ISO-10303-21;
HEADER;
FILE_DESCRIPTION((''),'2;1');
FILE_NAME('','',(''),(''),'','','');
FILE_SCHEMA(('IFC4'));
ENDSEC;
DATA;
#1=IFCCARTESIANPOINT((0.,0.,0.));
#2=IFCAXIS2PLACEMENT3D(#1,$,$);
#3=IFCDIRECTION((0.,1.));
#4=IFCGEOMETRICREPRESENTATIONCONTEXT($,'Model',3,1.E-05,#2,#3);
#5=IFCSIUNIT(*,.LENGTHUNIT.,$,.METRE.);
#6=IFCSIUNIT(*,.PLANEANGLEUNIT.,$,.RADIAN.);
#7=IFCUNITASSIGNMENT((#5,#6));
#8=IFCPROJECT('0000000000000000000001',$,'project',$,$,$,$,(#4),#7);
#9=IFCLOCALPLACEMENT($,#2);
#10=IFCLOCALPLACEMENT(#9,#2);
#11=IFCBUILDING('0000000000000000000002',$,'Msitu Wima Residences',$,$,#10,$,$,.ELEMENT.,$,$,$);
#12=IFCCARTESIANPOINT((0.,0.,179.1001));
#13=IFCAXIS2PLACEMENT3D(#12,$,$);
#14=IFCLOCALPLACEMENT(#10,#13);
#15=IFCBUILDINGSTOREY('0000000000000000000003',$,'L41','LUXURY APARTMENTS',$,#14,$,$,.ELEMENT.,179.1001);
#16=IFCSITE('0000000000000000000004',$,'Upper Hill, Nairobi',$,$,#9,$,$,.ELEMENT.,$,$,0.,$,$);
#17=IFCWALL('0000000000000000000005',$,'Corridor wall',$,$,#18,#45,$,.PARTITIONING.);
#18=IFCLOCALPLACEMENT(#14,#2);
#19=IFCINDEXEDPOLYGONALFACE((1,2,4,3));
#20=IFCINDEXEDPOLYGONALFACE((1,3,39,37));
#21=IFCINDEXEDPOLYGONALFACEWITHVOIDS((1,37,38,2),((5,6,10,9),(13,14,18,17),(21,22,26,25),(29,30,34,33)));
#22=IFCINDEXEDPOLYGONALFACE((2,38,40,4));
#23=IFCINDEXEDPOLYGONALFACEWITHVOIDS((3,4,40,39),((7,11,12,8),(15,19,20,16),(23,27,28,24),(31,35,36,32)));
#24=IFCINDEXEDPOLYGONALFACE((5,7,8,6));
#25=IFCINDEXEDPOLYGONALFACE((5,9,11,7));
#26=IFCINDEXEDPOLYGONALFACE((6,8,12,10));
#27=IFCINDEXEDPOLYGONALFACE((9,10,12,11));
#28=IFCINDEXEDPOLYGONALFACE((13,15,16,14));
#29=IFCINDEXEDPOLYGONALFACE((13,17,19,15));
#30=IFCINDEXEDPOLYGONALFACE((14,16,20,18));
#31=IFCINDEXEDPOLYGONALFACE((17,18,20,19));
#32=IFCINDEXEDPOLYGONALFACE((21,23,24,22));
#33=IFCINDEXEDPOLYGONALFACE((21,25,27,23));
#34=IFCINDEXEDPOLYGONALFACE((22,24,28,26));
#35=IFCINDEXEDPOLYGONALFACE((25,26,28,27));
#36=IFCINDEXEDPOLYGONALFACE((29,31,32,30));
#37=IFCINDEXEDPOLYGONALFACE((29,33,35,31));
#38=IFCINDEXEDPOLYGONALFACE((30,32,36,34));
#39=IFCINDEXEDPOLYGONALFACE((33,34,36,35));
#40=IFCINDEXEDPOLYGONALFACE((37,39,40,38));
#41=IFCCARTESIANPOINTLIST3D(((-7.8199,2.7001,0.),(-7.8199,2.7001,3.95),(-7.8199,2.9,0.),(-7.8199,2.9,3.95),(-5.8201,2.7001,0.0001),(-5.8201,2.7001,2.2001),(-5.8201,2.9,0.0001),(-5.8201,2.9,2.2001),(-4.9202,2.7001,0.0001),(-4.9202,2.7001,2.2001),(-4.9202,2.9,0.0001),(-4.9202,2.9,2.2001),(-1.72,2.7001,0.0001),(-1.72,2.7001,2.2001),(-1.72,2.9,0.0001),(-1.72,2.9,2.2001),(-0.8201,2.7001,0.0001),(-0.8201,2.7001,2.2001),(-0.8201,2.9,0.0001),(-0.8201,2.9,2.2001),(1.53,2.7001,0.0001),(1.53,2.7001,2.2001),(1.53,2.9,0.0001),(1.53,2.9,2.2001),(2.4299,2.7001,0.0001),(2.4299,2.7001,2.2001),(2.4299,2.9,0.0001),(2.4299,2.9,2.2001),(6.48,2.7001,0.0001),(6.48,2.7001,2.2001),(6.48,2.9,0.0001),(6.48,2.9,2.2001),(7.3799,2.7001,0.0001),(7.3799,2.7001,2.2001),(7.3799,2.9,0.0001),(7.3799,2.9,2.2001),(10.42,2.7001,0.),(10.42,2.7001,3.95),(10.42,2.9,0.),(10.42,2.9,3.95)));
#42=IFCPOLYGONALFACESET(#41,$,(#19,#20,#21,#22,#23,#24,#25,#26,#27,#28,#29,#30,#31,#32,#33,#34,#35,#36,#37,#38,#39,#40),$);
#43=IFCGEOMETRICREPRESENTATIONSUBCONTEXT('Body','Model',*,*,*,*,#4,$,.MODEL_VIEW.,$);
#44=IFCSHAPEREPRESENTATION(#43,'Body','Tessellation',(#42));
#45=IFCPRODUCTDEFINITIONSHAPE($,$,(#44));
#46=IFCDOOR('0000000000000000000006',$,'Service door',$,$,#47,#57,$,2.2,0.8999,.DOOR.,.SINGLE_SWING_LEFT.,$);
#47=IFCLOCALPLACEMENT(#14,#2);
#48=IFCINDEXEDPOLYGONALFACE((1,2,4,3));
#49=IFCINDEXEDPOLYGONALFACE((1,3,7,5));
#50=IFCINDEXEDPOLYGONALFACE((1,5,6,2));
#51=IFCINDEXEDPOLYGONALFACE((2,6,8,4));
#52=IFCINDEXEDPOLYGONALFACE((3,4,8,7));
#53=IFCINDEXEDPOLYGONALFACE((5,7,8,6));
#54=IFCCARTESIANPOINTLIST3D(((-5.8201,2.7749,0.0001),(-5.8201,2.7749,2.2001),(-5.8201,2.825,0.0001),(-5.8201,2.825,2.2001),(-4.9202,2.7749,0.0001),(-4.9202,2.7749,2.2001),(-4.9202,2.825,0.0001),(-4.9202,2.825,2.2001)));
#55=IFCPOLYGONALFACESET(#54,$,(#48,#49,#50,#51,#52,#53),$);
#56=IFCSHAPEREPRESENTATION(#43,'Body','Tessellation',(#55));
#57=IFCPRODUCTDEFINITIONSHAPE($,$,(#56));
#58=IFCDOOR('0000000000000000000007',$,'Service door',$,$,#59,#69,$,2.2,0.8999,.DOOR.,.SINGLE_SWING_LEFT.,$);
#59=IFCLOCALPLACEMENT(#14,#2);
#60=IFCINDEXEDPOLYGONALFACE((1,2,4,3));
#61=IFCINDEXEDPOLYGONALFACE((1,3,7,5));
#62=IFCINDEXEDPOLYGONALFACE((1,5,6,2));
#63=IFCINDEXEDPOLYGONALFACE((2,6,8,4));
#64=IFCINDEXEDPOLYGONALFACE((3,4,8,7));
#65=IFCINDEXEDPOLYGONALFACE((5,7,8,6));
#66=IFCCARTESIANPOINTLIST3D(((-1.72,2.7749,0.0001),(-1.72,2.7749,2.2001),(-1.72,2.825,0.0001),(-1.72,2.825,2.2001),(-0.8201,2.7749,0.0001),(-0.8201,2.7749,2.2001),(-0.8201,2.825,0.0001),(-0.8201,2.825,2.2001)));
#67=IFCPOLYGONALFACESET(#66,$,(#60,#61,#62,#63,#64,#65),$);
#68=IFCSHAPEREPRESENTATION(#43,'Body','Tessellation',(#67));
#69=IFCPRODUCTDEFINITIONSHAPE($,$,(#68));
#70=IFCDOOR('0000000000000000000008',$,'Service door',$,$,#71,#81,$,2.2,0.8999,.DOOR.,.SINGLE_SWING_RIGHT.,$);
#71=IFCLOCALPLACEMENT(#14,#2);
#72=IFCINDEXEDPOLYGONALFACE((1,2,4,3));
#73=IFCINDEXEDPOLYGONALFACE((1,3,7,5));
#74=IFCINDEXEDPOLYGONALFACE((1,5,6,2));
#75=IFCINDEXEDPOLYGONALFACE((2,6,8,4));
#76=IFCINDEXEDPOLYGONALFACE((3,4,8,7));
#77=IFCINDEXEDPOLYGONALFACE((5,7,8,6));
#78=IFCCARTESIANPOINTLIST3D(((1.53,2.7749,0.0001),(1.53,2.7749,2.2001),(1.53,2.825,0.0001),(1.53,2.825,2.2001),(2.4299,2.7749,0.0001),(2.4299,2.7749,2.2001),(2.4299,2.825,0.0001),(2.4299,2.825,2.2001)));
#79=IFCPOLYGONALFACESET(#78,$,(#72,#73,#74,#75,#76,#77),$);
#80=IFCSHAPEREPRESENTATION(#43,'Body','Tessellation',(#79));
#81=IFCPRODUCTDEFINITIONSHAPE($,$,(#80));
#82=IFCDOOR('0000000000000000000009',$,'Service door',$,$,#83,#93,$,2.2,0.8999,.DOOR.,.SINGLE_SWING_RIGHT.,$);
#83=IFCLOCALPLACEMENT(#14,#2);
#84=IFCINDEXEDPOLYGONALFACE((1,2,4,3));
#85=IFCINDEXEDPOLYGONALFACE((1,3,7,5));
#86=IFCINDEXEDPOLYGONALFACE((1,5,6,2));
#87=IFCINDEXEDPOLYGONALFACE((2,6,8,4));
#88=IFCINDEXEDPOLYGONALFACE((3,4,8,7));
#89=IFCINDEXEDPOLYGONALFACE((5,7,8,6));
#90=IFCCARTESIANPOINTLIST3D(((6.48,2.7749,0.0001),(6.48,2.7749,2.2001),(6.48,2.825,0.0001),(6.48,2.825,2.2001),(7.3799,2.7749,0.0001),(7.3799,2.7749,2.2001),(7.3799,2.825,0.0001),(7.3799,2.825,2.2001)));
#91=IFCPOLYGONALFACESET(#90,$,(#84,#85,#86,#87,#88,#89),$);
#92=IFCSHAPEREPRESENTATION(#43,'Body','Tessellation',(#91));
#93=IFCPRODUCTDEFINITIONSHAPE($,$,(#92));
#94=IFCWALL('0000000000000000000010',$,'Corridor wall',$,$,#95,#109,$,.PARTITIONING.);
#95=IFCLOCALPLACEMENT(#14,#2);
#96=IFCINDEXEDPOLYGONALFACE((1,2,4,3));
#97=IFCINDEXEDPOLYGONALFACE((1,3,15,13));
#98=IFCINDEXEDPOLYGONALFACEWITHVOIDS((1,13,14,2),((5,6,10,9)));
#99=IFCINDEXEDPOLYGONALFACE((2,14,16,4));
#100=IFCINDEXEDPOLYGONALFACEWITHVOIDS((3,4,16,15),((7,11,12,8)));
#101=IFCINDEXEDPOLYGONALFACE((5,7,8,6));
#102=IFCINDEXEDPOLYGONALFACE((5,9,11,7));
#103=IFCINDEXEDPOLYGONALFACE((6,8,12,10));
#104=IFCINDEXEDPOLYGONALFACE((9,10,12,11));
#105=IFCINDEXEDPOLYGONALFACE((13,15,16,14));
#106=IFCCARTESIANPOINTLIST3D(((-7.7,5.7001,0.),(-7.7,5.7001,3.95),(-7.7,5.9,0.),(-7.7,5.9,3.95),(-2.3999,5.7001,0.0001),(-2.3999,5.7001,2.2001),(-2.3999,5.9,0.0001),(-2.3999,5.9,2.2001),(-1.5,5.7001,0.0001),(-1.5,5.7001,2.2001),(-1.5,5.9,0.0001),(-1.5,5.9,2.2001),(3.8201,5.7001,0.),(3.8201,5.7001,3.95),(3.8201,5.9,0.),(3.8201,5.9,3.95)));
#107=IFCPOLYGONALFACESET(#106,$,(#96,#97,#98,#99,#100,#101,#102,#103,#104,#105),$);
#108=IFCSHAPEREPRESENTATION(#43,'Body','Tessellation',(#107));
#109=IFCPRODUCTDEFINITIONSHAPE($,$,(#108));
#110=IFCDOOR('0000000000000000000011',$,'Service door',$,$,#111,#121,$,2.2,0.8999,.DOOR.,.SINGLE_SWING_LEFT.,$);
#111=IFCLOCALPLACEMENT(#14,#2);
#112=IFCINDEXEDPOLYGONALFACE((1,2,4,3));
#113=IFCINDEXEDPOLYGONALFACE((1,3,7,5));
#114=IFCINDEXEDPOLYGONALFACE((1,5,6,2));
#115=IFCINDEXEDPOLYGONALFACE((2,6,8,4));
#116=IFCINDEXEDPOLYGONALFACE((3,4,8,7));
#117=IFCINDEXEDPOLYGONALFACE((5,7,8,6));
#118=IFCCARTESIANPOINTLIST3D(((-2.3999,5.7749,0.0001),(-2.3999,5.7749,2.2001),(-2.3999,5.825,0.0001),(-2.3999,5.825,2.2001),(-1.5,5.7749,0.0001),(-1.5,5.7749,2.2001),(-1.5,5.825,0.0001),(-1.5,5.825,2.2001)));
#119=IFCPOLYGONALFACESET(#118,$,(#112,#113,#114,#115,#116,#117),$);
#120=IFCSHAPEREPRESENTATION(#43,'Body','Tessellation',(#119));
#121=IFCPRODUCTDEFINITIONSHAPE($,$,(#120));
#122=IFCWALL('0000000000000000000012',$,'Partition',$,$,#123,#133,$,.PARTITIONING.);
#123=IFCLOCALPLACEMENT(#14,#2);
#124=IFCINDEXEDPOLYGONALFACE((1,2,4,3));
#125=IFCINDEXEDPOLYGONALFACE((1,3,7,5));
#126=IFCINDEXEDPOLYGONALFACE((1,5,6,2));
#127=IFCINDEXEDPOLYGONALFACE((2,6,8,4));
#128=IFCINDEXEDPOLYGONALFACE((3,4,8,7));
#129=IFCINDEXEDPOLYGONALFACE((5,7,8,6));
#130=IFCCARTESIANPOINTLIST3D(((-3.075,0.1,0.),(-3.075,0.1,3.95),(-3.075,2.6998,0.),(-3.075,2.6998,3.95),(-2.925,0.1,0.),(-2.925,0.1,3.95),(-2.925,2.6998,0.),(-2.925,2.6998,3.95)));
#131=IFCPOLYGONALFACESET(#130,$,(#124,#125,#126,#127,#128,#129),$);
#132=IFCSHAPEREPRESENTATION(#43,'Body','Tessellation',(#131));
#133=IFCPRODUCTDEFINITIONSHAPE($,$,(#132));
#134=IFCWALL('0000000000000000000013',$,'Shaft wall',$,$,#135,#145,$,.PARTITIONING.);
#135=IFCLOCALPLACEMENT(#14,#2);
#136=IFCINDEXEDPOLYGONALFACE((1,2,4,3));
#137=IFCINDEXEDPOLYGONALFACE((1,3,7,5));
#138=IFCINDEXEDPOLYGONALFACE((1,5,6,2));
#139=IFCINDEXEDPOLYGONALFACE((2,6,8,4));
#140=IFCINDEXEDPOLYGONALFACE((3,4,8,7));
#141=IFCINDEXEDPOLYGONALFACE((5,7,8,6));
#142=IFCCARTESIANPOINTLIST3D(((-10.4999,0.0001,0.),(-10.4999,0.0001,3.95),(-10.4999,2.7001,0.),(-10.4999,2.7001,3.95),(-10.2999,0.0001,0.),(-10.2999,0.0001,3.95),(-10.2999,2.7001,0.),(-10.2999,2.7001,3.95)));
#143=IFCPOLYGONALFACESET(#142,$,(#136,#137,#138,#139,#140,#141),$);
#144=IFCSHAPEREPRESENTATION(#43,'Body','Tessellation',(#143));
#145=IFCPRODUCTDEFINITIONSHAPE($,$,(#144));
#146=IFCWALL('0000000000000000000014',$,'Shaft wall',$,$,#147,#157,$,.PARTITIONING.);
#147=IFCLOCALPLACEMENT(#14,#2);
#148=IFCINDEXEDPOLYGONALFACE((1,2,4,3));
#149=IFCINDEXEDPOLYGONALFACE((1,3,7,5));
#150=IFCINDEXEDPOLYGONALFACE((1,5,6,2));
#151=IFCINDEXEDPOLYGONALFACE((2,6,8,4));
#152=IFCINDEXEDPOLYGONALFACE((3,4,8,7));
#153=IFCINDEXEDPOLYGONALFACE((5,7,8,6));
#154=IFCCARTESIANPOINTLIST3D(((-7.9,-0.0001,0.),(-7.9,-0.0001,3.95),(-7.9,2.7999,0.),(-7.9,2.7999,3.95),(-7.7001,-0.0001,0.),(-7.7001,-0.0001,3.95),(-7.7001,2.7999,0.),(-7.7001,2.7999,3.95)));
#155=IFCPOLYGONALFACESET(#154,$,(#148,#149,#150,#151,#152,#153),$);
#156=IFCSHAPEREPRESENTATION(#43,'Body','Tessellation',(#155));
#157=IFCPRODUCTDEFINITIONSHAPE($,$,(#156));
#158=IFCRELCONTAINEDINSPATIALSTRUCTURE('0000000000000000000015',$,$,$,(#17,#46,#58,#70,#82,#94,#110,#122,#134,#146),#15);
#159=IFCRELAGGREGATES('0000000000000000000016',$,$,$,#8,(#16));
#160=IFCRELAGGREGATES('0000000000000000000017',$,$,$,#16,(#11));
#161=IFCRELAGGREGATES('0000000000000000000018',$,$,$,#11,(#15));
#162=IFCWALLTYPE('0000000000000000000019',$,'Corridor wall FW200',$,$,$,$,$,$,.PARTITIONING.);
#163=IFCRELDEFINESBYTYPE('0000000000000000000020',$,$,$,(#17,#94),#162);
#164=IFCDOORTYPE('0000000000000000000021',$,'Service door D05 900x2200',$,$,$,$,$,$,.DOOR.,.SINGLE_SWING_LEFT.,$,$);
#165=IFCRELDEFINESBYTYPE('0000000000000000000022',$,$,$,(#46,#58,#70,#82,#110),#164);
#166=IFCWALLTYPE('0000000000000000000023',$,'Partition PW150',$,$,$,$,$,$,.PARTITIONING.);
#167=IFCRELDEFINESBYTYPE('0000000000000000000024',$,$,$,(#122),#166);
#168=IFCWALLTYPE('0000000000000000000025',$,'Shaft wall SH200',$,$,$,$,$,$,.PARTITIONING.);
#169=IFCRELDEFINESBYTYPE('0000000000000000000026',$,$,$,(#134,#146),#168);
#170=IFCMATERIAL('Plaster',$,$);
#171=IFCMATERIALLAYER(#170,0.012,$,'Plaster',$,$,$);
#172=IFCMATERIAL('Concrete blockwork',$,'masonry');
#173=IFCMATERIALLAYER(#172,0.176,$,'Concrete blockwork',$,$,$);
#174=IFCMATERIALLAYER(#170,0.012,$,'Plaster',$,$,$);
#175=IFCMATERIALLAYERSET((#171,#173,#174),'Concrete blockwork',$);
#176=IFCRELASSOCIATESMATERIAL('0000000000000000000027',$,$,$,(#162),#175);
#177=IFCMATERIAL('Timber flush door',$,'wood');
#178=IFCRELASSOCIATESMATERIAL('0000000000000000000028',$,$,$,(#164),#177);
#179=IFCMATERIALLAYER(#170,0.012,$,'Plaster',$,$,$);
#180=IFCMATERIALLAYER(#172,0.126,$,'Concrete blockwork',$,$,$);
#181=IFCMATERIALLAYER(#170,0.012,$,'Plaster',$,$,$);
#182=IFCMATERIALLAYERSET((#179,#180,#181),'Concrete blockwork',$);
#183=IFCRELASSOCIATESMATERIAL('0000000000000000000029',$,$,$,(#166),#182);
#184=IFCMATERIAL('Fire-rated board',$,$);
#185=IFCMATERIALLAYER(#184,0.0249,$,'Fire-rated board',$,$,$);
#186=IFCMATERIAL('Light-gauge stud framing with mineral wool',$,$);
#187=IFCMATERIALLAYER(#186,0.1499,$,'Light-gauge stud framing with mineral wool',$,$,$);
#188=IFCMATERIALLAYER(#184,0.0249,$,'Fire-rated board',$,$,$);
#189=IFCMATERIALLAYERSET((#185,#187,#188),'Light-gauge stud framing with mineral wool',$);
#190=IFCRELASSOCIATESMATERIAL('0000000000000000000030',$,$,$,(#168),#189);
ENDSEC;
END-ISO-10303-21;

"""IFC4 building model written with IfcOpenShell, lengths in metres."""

from ifc_helpers import new_model, si_unit, direction, frame, frame_2d, origin, place, context, subcontext, project, spatial, rectangle, extrude, material, layer, layer_set, type_object, element, fill, save


model = new_model("IFC4")

# Units and contexts
model_context = context("Model", 3, precision=1e-05, world=origin(), true_north=direction((0.0, 1.0)))
body_context = subcontext(model_context, "Body", "Model", "MODEL_VIEW")
ifc_project = project(units=[si_unit("LENGTHUNIT", "METRE"), si_unit("PLANEANGLEUNIT", "RADIAN")], contexts=[model_context])

# Site, building, storey
site_placement = place(None, origin())
site = spatial("IfcSite", under=ifc_project, at=site_placement, Name="Upper Hill, Nairobi", CompositionType="ELEMENT", RefElevation=0.0)
building_placement = place(site_placement, origin())
building = spatial("IfcBuilding", under=site, at=building_placement, Name="Msitu Wima Residences", CompositionType="ELEMENT")
storey_placement = place(building_placement, frame((0.0, 0.0, 179.1001)))
storey = spatial("IfcBuildingStorey", under=building, at=storey_placement, Name="L41", Description="LUXURY APARTMENTS", CompositionType="ELEMENT", Elevation=179.1001)

# Wall, openings, doors
ifc_material_1 = material(Name="Plaster")
ifc_layer_1 = layer(ifc_material_1, 0.012, Name="Plaster")
ifc_material_2 = material(Name="Concrete blockwork", Category="masonry")
ifc_layer_2 = layer(ifc_material_2, 0.176, Name="Concrete blockwork")
ifc_layer_3 = layer(ifc_material_1, 0.012, Name="Plaster")
ifc_layer_set_1 = layer_set([ifc_layer_1, ifc_layer_2, ifc_layer_3], Name="Concrete blockwork")
wall_type_1 = type_object("IfcWallType", Name="Corridor wall FW200", PredefinedType="PARTITIONING", material=ifc_layer_set_1)
wall_1_placement = place(storey_placement, frame((-7.8201, 2.8, 0.0), z_axis=(0.0, 0.0, 1.0), x_axis=(1.0, 0.0, 0.0)))
wall_1 = element("IfcWall", 1, at=wall_1_placement, inside=storey, type_object=wall_type_1, Name="Corridor wall", PredefinedType="PARTITIONING", context=body_context, shape_type="SweptSolid", body=[
    extrude(rectangle(XDim=18.24, YDim=0.2, at=frame_2d((9.1201, 0.0))), origin(), (0.0, 0.0, 1.0), 3.95),
])
opening_1_placement = place(wall_1_placement, frame((2.0, 0.0, 0.0)))
opening_1 = element("IfcOpeningElement", 2, at=opening_1_placement, cuts=wall_1, PredefinedType="OPENING", context=body_context, shape_type="SweptSolid", body=[
    extrude(rectangle(XDim=0.8999, YDim=2.2, at=frame_2d((0.45, 1.1001))), frame((0.0, 0.1099, 0.0), z_axis=(0.0, -1.0, 0.0), x_axis=(1.0, 0.0, 0.0)), (0.0, 0.0, 1.0), 0.22),
])
opening_2_placement = place(wall_1_placement, frame((6.1001, 0.0, 0.0)))
opening_2 = element("IfcOpeningElement", 3, at=opening_2_placement, cuts=wall_1, PredefinedType="OPENING", context=body_context, shape_type="SweptSolid", body=[
    extrude(rectangle(XDim=0.8999, YDim=2.2, at=frame_2d((0.45, 1.1001))), frame((0.0, 0.1099, 0.0), z_axis=(0.0, -1.0, 0.0), x_axis=(1.0, 0.0, 0.0)), (0.0, 0.0, 1.0), 0.22),
])
opening_3_placement = place(wall_1_placement, frame((9.3501, 0.0, 0.0)))
opening_3 = element("IfcOpeningElement", 4, at=opening_3_placement, cuts=wall_1, PredefinedType="OPENING", context=body_context, shape_type="SweptSolid", body=[
    extrude(rectangle(XDim=0.8999, YDim=2.2, at=frame_2d((0.45, 1.1001))), frame((0.0, 0.1099, 0.0), z_axis=(0.0, -1.0, 0.0), x_axis=(1.0, 0.0, 0.0)), (0.0, 0.0, 1.0), 0.22),
])
opening_4_placement = place(wall_1_placement, frame((14.3, 0.0, 0.0)))
opening_4 = element("IfcOpeningElement", 5, at=opening_4_placement, cuts=wall_1, PredefinedType="OPENING", context=body_context, shape_type="SweptSolid", body=[
    extrude(rectangle(XDim=0.8999, YDim=2.2, at=frame_2d((0.45, 1.1001))), frame((0.0, 0.1099, 0.0), z_axis=(0.0, -1.0, 0.0), x_axis=(1.0, 0.0, 0.0)), (0.0, 0.0, 1.0), 0.22),
])
ifc_material_3 = material(Name="Timber flush door", Category="wood")
door_type_1 = type_object("IfcDoorType", Name="Service door D05 900x2200", OperationType="SINGLE_SWING_LEFT", PredefinedType="DOOR", material=ifc_material_3)
door_1_placement = place(opening_1_placement, origin())
door_1 = element("IfcDoor", 6, at=door_1_placement, inside=storey, type_object=door_type_1, Name="Service door", OperationType="SINGLE_SWING_LEFT", OverallHeight=2.2, OverallWidth=0.8999, PredefinedType="DOOR", context=body_context, shape_type="SweptSolid", body=[
    extrude(rectangle(XDim=0.8999, YDim=2.2, at=frame_2d((0.45, 1.1001))), frame((0.0, 0.0249, 0.0), z_axis=(0.0, -1.0, 0.0), x_axis=(1.0, 0.0, 0.0)), (0.0, 0.0, 1.0), 0.05),
])
fill(opening_1, door_1)
door_2_placement = place(opening_2_placement, origin())
door_2 = element("IfcDoor", 7, at=door_2_placement, inside=storey, type_object=door_type_1, Name="Service door", OperationType="SINGLE_SWING_LEFT", OverallHeight=2.2, OverallWidth=0.8999, PredefinedType="DOOR", context=body_context, shape_type="SweptSolid", body=[
    extrude(rectangle(XDim=0.8999, YDim=2.2, at=frame_2d((0.45, 1.1001))), frame((0.0, 0.0249, 0.0), z_axis=(0.0, -1.0, 0.0), x_axis=(1.0, 0.0, 0.0)), (0.0, 0.0, 1.0), 0.05),
])
fill(opening_2, door_2)
door_3_placement = place(opening_3_placement, origin())
door_3 = element("IfcDoor", 8, at=door_3_placement, inside=storey, type_object=door_type_1, Name="Service door", OperationType="SINGLE_SWING_RIGHT", OverallHeight=2.2, OverallWidth=0.8999, PredefinedType="DOOR", context=body_context, shape_type="SweptSolid", body=[
    extrude(rectangle(XDim=0.8999, YDim=2.2, at=frame_2d((0.45, 1.1001))), frame((0.0, 0.0249, 0.0), z_axis=(0.0, -1.0, 0.0), x_axis=(1.0, 0.0, 0.0)), (0.0, 0.0, 1.0), 0.05),
])
fill(opening_3, door_3)
door_4_placement = place(opening_4_placement, origin())
door_4 = element("IfcDoor", 9, at=door_4_placement, inside=storey, type_object=door_type_1, Name="Service door", OperationType="SINGLE_SWING_RIGHT", OverallHeight=2.2, OverallWidth=0.8999, PredefinedType="DOOR", context=body_context, shape_type="SweptSolid", body=[
    extrude(rectangle(XDim=0.8999, YDim=2.2, at=frame_2d((0.45, 1.1001))), frame((0.0, 0.0249, 0.0), z_axis=(0.0, -1.0, 0.0), x_axis=(1.0, 0.0, 0.0)), (0.0, 0.0, 1.0), 0.05),
])
fill(opening_4, door_4)

# Wall, opening, door
wall_2_placement = place(storey_placement, frame((-7.7, 5.8, 0.0), z_axis=(0.0, 0.0, 1.0), x_axis=(1.0, 0.0, 0.0)))
wall_2 = element("IfcWall", 10, at=wall_2_placement, inside=storey, type_object=wall_type_1, Name="Corridor wall", PredefinedType="PARTITIONING", context=body_context, shape_type="SweptSolid", body=[
    extrude(rectangle(XDim=11.52, YDim=0.2, at=frame_2d((5.76, 0.0))), origin(), (0.0, 0.0, 1.0), 3.95),
])
opening_5_placement = place(wall_2_placement, frame((5.3, 0.0, 0.0)))
opening_5 = element("IfcOpeningElement", 11, at=opening_5_placement, cuts=wall_2, PredefinedType="OPENING", context=body_context, shape_type="SweptSolid", body=[
    extrude(rectangle(XDim=0.8999, YDim=2.2, at=frame_2d((0.45, 1.1001))), frame((0.0, 0.1099, 0.0), z_axis=(0.0, -1.0, 0.0), x_axis=(1.0, 0.0, 0.0)), (0.0, 0.0, 1.0), 0.22),
])
door_5_placement = place(opening_5_placement, origin())
door_5 = element("IfcDoor", 12, at=door_5_placement, inside=storey, type_object=door_type_1, Name="Service door", OperationType="SINGLE_SWING_LEFT", OverallHeight=2.2, OverallWidth=0.8999, PredefinedType="DOOR", context=body_context, shape_type="SweptSolid", body=[
    extrude(rectangle(XDim=0.8999, YDim=2.2, at=frame_2d((0.45, 1.1001))), frame((0.0, 0.0249, 0.0), z_axis=(0.0, -1.0, 0.0), x_axis=(1.0, 0.0, 0.0)), (0.0, 0.0, 1.0), 0.05),
])
fill(opening_5, door_5)

# Walls
ifc_layer_4 = layer(ifc_material_1, 0.012, Name="Plaster")
ifc_layer_5 = layer(ifc_material_2, 0.126, Name="Concrete blockwork")
ifc_layer_6 = layer(ifc_material_1, 0.012, Name="Plaster")
ifc_layer_set_2 = layer_set([ifc_layer_4, ifc_layer_5, ifc_layer_6], Name="Concrete blockwork")
wall_type_2 = type_object("IfcWallType", Name="Partition PW150", PredefinedType="PARTITIONING", material=ifc_layer_set_2)
wall_3_placement = place(storey_placement, frame((-3.0, 0.1001, 0.0), z_axis=(0.0, 0.0, 1.0), x_axis=(0.0, 1.0, 0.0)))
element("IfcWall", 13, at=wall_3_placement, inside=storey, type_object=wall_type_2, Name="Partition", PredefinedType="PARTITIONING", context=body_context, shape_type="SweptSolid", body=[
    extrude(rectangle(XDim=2.5999, YDim=0.1499, at=frame_2d((1.2998, 0.0))), origin(), (0.0, 0.0, 1.0), 3.95),
])
ifc_material_4 = material(Name="Fire-rated board")
ifc_layer_7 = layer(ifc_material_4, 0.0249, Name="Fire-rated board")
ifc_material_5 = material(Name="Light-gauge stud framing with mineral wool")
ifc_layer_8 = layer(ifc_material_5, 0.1499, Name="Light-gauge stud framing with mineral wool")
ifc_layer_9 = layer(ifc_material_4, 0.0249, Name="Fire-rated board")
ifc_layer_set_3 = layer_set([ifc_layer_7, ifc_layer_8, ifc_layer_9], Name="Light-gauge stud framing with mineral wool")
wall_type_3 = type_object("IfcWallType", Name="Shaft wall SH200", PredefinedType="PARTITIONING", material=ifc_layer_set_3)
wall_4_placement = place(storey_placement, frame((-10.3999, 0.0, 0.0), z_axis=(0.0, 0.0, 1.0), x_axis=(0.0, 1.0, 0.0)))
element("IfcWall", 14, at=wall_4_placement, inside=storey, type_object=wall_type_3, Name="Shaft wall", PredefinedType="PARTITIONING", context=body_context, shape_type="SweptSolid", body=[
    extrude(rectangle(XDim=2.7, YDim=0.2, at=frame_2d((1.3501, 0.0))), origin(), (0.0, 0.0, 1.0), 3.95),
])
wall_5_placement = place(storey_placement, frame((-7.8, 0.0, 0.0), z_axis=(0.0, 0.0, 1.0), x_axis=(0.0, 1.0, 0.0)))
element("IfcWall", 15, at=wall_5_placement, inside=storey, type_object=wall_type_3, Name="Shaft wall", PredefinedType="PARTITIONING", context=body_context, shape_type="SweptSolid", body=[
    extrude(rectangle(XDim=2.8, YDim=0.2, at=frame_2d((1.3999, 0.0))), origin(), (0.0, 0.0, 1.0), 3.95),
])

save(model, "model.ifc")
